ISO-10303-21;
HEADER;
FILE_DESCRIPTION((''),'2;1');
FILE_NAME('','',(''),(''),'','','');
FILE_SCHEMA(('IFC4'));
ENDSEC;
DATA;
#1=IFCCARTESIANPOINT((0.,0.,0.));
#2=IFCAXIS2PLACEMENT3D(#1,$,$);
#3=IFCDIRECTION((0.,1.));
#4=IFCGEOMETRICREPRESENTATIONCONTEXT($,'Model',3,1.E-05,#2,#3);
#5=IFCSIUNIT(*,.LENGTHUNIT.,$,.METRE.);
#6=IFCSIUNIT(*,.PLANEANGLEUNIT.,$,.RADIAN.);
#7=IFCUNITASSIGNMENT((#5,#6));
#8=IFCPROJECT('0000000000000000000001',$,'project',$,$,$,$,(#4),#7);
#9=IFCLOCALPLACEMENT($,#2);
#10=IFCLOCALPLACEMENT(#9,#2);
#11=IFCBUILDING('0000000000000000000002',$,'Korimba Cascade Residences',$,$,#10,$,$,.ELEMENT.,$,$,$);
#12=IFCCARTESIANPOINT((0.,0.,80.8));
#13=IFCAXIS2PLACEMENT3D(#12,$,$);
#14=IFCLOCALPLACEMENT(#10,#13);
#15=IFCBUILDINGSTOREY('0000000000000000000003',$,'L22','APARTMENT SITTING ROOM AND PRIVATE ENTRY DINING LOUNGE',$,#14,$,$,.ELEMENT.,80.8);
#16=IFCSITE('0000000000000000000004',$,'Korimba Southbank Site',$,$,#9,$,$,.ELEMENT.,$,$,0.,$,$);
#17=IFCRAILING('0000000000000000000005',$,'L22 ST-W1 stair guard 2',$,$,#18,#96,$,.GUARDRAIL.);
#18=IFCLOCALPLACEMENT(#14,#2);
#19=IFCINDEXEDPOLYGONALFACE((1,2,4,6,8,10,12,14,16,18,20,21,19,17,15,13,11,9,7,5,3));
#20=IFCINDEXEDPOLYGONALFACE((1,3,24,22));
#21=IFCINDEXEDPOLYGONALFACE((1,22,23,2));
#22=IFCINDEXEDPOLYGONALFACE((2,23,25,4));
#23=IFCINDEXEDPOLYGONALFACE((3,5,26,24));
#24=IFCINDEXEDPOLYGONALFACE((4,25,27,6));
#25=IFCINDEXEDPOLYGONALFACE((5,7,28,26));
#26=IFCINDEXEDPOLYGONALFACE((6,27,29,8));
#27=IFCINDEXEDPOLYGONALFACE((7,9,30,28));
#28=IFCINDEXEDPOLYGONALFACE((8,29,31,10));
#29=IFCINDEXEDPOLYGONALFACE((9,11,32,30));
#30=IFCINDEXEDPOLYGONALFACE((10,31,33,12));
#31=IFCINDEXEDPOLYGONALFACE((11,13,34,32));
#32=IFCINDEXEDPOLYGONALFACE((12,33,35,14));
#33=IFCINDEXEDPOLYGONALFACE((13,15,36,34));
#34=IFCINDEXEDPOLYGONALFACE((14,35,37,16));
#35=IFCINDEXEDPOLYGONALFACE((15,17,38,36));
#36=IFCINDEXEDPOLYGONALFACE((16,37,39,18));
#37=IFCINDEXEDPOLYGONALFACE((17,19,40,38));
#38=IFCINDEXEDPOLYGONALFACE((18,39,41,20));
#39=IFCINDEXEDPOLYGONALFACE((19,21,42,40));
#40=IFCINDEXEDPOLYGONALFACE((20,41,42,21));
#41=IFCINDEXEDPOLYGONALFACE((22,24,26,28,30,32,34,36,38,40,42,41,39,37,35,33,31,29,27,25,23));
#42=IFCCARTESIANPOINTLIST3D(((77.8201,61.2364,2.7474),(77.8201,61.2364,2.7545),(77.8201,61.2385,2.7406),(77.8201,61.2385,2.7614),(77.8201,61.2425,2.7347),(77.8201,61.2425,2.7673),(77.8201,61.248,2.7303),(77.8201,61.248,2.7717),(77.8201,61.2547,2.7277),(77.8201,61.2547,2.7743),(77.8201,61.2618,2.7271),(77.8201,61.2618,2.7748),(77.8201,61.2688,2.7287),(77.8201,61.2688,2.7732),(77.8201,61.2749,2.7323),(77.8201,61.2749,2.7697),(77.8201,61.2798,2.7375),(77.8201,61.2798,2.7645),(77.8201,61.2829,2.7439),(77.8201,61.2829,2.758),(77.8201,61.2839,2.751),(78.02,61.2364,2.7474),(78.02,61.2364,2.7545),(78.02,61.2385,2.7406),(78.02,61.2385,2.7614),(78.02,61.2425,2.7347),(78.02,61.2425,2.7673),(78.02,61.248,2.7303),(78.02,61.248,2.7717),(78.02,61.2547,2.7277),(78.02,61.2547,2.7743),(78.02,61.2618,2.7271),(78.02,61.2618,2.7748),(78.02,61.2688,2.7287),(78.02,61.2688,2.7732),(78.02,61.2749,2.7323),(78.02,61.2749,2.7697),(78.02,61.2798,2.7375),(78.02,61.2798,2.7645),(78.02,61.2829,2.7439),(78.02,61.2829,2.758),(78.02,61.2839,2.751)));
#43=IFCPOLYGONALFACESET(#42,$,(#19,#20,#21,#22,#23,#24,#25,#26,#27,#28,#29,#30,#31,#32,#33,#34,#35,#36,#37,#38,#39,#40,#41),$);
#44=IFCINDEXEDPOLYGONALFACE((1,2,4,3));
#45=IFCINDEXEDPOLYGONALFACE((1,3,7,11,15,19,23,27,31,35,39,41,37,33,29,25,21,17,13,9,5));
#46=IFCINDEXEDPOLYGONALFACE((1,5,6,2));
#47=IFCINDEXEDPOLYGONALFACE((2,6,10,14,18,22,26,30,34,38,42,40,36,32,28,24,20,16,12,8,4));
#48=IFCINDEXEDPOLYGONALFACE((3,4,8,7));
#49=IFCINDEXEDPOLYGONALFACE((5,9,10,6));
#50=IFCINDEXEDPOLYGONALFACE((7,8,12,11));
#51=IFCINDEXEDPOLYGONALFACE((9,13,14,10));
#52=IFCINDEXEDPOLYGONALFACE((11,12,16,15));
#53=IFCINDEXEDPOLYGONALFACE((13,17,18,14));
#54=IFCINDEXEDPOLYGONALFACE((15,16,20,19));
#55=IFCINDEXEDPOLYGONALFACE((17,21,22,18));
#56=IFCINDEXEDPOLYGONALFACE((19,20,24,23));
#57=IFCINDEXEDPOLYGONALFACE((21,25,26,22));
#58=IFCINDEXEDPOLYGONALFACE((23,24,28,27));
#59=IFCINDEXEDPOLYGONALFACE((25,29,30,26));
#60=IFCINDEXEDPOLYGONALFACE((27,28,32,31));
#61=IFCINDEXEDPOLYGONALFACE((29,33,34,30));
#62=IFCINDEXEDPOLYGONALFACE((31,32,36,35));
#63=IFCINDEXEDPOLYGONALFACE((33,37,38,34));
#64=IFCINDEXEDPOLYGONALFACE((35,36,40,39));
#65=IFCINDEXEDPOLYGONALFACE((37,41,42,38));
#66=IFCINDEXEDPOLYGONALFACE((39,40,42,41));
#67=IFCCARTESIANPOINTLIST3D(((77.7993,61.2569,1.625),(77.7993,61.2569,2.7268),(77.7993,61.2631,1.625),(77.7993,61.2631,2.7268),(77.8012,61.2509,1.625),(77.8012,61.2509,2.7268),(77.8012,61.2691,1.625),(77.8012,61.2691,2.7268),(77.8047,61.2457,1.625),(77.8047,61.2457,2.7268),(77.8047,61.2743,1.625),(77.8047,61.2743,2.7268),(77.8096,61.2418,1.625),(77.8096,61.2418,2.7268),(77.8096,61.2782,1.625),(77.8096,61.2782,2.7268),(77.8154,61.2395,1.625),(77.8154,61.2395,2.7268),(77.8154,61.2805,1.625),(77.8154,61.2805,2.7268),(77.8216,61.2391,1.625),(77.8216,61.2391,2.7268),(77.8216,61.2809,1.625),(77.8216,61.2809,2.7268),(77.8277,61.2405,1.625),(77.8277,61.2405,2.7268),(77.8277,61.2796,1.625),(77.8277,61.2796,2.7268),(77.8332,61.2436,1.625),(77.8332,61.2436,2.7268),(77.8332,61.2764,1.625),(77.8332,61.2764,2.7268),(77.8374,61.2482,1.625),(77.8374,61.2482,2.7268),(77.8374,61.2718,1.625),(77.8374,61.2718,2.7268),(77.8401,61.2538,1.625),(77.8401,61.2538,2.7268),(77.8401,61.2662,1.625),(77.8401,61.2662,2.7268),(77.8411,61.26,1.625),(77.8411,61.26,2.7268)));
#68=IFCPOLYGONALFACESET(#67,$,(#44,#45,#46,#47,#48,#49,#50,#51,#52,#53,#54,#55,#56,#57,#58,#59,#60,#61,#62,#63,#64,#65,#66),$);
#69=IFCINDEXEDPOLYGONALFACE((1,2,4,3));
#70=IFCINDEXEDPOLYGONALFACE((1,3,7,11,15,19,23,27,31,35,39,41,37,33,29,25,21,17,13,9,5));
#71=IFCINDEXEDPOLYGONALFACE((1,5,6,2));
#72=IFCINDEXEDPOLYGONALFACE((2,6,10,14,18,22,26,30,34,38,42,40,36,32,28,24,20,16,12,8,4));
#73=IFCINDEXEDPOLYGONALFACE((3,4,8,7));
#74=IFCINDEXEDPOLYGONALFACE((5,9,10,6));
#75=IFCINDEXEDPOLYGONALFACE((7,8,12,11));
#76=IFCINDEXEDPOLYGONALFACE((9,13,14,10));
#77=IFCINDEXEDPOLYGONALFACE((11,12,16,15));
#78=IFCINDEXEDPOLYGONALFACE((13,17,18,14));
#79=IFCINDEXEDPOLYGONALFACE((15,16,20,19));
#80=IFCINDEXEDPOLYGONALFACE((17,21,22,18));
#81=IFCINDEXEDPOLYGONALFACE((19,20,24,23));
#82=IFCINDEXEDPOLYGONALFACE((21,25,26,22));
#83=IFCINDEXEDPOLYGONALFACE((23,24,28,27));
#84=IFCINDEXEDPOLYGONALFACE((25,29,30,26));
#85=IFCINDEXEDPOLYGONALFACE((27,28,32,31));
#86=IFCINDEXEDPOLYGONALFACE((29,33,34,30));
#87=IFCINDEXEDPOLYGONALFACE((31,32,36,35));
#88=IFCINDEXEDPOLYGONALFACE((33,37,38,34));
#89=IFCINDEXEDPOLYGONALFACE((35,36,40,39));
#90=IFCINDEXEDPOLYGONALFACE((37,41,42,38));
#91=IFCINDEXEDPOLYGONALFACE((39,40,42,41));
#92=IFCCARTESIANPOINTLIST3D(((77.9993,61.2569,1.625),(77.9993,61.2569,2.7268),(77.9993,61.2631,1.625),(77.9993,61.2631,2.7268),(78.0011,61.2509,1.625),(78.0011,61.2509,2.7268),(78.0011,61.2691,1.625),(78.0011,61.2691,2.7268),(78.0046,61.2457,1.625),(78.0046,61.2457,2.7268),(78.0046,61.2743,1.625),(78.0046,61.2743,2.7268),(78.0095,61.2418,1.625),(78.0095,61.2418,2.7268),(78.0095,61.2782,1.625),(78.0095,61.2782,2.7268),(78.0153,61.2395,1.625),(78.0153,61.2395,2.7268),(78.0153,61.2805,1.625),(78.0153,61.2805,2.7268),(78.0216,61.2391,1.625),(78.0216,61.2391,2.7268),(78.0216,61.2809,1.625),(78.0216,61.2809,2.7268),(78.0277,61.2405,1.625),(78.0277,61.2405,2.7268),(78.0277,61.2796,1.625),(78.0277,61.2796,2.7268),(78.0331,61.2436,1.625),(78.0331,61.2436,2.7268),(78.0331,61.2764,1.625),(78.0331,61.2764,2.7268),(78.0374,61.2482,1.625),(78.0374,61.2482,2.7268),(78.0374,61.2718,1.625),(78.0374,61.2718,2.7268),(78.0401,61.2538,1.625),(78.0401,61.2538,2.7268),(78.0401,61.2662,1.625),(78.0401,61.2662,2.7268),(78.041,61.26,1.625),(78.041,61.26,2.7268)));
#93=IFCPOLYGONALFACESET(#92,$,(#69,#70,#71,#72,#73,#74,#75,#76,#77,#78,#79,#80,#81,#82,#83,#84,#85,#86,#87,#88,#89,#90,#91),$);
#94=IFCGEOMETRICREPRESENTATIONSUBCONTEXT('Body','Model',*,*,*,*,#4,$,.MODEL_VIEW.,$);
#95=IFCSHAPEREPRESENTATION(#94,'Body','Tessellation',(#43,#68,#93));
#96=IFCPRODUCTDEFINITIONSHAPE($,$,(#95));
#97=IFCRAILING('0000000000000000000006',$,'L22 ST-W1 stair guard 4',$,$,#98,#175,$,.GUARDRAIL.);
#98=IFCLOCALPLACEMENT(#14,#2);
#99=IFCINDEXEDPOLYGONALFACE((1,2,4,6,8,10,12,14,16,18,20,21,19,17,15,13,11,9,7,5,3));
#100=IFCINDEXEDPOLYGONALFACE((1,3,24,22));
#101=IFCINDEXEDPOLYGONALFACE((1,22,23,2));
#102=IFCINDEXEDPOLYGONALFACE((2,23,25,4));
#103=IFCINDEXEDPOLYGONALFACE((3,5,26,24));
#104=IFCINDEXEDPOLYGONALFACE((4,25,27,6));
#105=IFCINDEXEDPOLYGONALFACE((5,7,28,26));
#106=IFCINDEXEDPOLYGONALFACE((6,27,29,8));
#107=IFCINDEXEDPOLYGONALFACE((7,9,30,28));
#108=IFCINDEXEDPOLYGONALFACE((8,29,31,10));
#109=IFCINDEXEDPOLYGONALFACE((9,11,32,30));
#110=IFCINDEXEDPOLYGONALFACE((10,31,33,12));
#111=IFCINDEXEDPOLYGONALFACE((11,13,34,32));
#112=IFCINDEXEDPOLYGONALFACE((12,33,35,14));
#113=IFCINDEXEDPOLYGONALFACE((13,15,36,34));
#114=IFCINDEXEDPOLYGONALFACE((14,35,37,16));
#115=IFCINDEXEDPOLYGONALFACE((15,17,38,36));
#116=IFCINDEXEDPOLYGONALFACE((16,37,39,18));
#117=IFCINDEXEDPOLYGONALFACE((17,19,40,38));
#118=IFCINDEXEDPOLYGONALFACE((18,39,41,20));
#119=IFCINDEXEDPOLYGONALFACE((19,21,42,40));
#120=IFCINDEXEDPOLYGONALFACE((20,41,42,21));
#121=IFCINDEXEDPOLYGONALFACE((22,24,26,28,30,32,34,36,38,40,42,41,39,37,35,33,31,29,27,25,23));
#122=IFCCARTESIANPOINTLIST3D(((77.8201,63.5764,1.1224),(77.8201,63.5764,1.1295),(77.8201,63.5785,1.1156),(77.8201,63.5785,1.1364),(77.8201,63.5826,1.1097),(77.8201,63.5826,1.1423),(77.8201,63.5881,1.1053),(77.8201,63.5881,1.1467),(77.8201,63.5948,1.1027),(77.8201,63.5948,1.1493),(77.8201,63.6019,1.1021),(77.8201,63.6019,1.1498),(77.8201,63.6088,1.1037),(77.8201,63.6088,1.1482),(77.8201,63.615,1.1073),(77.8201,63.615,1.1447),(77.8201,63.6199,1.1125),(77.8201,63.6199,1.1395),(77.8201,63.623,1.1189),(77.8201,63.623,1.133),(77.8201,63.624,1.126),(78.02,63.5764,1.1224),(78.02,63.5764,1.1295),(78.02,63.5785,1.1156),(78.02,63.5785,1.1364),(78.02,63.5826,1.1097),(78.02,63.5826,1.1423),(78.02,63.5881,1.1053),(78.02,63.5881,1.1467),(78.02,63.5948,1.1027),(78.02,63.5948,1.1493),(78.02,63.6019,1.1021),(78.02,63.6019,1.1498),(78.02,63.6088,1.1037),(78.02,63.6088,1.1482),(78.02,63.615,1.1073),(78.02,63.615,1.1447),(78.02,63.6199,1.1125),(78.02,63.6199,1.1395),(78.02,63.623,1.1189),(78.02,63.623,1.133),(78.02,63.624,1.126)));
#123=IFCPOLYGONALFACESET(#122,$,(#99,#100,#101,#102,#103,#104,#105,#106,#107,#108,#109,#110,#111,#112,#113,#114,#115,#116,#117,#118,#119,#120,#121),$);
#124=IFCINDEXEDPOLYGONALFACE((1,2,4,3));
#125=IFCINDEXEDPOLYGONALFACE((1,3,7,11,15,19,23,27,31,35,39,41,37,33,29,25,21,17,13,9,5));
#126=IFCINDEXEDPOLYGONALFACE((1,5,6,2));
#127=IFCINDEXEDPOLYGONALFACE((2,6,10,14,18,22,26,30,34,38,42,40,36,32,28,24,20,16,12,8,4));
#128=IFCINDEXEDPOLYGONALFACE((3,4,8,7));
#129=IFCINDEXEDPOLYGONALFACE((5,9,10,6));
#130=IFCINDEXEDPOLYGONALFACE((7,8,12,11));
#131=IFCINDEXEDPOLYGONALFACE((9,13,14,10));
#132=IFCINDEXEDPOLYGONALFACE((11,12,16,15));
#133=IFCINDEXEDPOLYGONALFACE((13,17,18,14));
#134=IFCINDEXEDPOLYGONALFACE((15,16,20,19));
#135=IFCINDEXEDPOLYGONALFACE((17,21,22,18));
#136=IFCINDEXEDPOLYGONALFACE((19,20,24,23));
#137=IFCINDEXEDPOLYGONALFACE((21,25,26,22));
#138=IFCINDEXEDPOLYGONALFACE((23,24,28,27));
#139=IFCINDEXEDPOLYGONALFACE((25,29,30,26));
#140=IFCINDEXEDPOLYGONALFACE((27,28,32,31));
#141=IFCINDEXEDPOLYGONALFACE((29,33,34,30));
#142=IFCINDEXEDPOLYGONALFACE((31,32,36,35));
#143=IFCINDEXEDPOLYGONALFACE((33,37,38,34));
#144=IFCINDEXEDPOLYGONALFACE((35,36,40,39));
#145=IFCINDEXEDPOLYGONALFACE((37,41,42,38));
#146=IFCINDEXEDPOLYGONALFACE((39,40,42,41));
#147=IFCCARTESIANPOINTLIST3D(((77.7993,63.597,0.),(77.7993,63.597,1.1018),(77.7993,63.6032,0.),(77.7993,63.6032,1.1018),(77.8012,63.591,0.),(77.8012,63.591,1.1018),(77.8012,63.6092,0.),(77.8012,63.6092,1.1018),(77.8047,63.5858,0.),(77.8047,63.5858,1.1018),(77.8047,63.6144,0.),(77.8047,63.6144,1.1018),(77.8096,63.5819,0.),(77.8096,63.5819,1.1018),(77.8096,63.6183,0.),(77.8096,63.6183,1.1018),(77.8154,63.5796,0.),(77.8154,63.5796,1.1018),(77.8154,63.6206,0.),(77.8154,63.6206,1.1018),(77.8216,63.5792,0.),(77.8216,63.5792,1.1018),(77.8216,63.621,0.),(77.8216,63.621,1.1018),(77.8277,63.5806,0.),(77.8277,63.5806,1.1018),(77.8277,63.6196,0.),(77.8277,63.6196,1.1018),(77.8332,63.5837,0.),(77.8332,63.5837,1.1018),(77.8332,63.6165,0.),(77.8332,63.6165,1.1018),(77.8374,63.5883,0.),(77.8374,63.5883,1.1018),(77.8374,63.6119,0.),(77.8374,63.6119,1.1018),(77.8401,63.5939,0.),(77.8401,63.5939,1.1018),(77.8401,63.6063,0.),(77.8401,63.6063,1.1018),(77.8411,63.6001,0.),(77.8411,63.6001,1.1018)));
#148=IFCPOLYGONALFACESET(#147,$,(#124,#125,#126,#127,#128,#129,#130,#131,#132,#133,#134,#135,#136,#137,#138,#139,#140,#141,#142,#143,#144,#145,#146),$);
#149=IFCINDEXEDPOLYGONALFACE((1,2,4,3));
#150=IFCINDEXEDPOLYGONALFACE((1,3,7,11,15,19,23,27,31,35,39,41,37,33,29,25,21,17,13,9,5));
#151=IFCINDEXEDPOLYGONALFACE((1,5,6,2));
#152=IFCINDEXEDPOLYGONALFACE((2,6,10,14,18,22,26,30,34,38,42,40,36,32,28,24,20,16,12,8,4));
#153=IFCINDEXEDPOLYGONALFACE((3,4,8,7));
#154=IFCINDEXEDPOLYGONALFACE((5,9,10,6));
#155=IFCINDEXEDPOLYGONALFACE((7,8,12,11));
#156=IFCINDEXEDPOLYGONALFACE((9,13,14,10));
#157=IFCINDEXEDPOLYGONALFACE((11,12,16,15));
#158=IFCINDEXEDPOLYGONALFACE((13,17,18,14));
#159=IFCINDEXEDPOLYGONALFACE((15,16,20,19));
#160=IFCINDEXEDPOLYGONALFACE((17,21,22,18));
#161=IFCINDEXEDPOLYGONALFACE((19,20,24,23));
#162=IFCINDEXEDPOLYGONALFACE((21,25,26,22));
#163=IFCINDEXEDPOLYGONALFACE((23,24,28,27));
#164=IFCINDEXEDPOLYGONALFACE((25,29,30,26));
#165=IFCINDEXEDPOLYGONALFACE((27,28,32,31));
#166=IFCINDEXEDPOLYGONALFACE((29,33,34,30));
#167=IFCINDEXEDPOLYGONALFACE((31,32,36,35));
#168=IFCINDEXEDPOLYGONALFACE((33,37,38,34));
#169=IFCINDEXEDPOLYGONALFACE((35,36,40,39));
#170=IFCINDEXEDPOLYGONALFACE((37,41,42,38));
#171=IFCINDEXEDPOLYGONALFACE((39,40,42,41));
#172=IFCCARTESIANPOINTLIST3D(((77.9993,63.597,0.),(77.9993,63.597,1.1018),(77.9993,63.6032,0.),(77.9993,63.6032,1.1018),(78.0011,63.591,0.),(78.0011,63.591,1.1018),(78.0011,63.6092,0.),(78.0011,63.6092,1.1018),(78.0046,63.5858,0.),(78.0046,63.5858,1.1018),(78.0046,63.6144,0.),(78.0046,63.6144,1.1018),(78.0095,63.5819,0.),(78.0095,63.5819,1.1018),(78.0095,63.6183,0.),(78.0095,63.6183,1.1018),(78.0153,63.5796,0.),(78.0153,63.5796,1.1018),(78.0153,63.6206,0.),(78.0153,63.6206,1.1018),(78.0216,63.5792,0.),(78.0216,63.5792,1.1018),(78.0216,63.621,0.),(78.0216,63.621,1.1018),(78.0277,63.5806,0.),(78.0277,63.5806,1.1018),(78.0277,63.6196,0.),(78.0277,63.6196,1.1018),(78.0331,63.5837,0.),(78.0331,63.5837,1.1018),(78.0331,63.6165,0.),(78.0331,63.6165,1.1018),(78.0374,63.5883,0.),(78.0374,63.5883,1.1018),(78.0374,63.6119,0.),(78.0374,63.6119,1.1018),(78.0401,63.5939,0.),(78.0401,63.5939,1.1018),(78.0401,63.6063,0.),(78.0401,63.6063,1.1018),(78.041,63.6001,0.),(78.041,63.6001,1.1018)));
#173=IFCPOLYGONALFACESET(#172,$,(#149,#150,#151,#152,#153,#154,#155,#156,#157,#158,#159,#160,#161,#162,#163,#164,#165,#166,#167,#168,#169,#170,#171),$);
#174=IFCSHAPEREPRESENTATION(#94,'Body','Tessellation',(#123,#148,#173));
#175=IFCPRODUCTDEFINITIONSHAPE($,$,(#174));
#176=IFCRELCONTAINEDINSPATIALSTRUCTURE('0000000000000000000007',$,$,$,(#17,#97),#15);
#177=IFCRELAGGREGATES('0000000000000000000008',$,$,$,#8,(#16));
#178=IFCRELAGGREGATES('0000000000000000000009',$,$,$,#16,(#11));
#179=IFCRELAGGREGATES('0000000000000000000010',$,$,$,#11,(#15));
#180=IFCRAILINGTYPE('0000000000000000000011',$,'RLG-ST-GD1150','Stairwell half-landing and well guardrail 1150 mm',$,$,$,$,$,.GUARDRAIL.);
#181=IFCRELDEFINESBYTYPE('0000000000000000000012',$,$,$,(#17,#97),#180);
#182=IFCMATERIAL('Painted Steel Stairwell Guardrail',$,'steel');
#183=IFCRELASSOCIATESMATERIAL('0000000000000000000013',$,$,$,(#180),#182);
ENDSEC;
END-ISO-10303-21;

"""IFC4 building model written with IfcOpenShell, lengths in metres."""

from ifc_helpers import new_model, si_unit, direction, frame, origin, origin_2d, place, context, subcontext, project, spatial, circle, extrude, material, type_object, element, save


model = new_model("IFC4")

# Units and contexts
model_context = context("Model", 3, precision=1e-05, world=origin(), true_north=direction((0.0, 1.0)))
body_context = subcontext(model_context, "Body", "Model", "MODEL_VIEW")
ifc_project = project(units=[si_unit("LENGTHUNIT", "METRE"), si_unit("PLANEANGLEUNIT", "RADIAN")], contexts=[model_context])

# Site, building, storey
site_placement = place(None, origin())
site = spatial("IfcSite", under=ifc_project, at=site_placement, Name="Korimba Southbank Site", CompositionType="ELEMENT", RefElevation=0.0)
building_placement = place(site_placement, origin())
building = spatial("IfcBuilding", under=site, at=building_placement, Name="Korimba Cascade Residences", CompositionType="ELEMENT")
storey_placement = place(building_placement, frame((0.0, 0.0, 80.8)))
storey = spatial("IfcBuildingStorey", under=building, at=storey_placement, Name="L22", Description="APARTMENT SITTING ROOM AND PRIVATE ENTRY DINING LOUNGE", CompositionType="ELEMENT", Elevation=80.8)

# Railings
ifc_material_1 = material(Name="Painted Steel Stairwell Guardrail", Category="steel")
railing_type_1 = type_object("IfcRailingType", Name="RLG-ST-GD1150", Description="Stairwell half-landing and well guardrail 1150 mm", PredefinedType="GUARDRAIL", material=ifc_material_1)
for number, where, name in (
    (1, (77.8201, 61.26, 1.625), "L22 ST-W1 stair guard 2"),
    (2, (77.8201, 63.6001, 0.0), "L22 ST-W1 stair guard 4"),
):
    element("IfcRailing", number, at=place(storey_placement, frame(where)), inside=storey, type_object=railing_type_1, Name=name, PredefinedType="GUARDRAIL", context=body_context, shape_type="SweptSolid", body=[
        extrude(circle(Radius=0.0239, at=origin_2d()), frame((0.0, 0.0, 1.126), z_axis=(1.0, 0.0, 0.0), x_axis=(0.0, 1.0, 0.0)), (0.0, 0.0, 1.0), 0.2),
        extrude(circle(Radius=0.021, at=origin_2d()), origin(), (0.0, 0.0, 1.0), 1.1018),
        extrude(circle(Radius=0.021, at=origin_2d()), frame((0.2, 0.0, 0.0)), (0.0, 0.0, 1.0), 1.1018),
    ])

save(model, "model.ifc")
